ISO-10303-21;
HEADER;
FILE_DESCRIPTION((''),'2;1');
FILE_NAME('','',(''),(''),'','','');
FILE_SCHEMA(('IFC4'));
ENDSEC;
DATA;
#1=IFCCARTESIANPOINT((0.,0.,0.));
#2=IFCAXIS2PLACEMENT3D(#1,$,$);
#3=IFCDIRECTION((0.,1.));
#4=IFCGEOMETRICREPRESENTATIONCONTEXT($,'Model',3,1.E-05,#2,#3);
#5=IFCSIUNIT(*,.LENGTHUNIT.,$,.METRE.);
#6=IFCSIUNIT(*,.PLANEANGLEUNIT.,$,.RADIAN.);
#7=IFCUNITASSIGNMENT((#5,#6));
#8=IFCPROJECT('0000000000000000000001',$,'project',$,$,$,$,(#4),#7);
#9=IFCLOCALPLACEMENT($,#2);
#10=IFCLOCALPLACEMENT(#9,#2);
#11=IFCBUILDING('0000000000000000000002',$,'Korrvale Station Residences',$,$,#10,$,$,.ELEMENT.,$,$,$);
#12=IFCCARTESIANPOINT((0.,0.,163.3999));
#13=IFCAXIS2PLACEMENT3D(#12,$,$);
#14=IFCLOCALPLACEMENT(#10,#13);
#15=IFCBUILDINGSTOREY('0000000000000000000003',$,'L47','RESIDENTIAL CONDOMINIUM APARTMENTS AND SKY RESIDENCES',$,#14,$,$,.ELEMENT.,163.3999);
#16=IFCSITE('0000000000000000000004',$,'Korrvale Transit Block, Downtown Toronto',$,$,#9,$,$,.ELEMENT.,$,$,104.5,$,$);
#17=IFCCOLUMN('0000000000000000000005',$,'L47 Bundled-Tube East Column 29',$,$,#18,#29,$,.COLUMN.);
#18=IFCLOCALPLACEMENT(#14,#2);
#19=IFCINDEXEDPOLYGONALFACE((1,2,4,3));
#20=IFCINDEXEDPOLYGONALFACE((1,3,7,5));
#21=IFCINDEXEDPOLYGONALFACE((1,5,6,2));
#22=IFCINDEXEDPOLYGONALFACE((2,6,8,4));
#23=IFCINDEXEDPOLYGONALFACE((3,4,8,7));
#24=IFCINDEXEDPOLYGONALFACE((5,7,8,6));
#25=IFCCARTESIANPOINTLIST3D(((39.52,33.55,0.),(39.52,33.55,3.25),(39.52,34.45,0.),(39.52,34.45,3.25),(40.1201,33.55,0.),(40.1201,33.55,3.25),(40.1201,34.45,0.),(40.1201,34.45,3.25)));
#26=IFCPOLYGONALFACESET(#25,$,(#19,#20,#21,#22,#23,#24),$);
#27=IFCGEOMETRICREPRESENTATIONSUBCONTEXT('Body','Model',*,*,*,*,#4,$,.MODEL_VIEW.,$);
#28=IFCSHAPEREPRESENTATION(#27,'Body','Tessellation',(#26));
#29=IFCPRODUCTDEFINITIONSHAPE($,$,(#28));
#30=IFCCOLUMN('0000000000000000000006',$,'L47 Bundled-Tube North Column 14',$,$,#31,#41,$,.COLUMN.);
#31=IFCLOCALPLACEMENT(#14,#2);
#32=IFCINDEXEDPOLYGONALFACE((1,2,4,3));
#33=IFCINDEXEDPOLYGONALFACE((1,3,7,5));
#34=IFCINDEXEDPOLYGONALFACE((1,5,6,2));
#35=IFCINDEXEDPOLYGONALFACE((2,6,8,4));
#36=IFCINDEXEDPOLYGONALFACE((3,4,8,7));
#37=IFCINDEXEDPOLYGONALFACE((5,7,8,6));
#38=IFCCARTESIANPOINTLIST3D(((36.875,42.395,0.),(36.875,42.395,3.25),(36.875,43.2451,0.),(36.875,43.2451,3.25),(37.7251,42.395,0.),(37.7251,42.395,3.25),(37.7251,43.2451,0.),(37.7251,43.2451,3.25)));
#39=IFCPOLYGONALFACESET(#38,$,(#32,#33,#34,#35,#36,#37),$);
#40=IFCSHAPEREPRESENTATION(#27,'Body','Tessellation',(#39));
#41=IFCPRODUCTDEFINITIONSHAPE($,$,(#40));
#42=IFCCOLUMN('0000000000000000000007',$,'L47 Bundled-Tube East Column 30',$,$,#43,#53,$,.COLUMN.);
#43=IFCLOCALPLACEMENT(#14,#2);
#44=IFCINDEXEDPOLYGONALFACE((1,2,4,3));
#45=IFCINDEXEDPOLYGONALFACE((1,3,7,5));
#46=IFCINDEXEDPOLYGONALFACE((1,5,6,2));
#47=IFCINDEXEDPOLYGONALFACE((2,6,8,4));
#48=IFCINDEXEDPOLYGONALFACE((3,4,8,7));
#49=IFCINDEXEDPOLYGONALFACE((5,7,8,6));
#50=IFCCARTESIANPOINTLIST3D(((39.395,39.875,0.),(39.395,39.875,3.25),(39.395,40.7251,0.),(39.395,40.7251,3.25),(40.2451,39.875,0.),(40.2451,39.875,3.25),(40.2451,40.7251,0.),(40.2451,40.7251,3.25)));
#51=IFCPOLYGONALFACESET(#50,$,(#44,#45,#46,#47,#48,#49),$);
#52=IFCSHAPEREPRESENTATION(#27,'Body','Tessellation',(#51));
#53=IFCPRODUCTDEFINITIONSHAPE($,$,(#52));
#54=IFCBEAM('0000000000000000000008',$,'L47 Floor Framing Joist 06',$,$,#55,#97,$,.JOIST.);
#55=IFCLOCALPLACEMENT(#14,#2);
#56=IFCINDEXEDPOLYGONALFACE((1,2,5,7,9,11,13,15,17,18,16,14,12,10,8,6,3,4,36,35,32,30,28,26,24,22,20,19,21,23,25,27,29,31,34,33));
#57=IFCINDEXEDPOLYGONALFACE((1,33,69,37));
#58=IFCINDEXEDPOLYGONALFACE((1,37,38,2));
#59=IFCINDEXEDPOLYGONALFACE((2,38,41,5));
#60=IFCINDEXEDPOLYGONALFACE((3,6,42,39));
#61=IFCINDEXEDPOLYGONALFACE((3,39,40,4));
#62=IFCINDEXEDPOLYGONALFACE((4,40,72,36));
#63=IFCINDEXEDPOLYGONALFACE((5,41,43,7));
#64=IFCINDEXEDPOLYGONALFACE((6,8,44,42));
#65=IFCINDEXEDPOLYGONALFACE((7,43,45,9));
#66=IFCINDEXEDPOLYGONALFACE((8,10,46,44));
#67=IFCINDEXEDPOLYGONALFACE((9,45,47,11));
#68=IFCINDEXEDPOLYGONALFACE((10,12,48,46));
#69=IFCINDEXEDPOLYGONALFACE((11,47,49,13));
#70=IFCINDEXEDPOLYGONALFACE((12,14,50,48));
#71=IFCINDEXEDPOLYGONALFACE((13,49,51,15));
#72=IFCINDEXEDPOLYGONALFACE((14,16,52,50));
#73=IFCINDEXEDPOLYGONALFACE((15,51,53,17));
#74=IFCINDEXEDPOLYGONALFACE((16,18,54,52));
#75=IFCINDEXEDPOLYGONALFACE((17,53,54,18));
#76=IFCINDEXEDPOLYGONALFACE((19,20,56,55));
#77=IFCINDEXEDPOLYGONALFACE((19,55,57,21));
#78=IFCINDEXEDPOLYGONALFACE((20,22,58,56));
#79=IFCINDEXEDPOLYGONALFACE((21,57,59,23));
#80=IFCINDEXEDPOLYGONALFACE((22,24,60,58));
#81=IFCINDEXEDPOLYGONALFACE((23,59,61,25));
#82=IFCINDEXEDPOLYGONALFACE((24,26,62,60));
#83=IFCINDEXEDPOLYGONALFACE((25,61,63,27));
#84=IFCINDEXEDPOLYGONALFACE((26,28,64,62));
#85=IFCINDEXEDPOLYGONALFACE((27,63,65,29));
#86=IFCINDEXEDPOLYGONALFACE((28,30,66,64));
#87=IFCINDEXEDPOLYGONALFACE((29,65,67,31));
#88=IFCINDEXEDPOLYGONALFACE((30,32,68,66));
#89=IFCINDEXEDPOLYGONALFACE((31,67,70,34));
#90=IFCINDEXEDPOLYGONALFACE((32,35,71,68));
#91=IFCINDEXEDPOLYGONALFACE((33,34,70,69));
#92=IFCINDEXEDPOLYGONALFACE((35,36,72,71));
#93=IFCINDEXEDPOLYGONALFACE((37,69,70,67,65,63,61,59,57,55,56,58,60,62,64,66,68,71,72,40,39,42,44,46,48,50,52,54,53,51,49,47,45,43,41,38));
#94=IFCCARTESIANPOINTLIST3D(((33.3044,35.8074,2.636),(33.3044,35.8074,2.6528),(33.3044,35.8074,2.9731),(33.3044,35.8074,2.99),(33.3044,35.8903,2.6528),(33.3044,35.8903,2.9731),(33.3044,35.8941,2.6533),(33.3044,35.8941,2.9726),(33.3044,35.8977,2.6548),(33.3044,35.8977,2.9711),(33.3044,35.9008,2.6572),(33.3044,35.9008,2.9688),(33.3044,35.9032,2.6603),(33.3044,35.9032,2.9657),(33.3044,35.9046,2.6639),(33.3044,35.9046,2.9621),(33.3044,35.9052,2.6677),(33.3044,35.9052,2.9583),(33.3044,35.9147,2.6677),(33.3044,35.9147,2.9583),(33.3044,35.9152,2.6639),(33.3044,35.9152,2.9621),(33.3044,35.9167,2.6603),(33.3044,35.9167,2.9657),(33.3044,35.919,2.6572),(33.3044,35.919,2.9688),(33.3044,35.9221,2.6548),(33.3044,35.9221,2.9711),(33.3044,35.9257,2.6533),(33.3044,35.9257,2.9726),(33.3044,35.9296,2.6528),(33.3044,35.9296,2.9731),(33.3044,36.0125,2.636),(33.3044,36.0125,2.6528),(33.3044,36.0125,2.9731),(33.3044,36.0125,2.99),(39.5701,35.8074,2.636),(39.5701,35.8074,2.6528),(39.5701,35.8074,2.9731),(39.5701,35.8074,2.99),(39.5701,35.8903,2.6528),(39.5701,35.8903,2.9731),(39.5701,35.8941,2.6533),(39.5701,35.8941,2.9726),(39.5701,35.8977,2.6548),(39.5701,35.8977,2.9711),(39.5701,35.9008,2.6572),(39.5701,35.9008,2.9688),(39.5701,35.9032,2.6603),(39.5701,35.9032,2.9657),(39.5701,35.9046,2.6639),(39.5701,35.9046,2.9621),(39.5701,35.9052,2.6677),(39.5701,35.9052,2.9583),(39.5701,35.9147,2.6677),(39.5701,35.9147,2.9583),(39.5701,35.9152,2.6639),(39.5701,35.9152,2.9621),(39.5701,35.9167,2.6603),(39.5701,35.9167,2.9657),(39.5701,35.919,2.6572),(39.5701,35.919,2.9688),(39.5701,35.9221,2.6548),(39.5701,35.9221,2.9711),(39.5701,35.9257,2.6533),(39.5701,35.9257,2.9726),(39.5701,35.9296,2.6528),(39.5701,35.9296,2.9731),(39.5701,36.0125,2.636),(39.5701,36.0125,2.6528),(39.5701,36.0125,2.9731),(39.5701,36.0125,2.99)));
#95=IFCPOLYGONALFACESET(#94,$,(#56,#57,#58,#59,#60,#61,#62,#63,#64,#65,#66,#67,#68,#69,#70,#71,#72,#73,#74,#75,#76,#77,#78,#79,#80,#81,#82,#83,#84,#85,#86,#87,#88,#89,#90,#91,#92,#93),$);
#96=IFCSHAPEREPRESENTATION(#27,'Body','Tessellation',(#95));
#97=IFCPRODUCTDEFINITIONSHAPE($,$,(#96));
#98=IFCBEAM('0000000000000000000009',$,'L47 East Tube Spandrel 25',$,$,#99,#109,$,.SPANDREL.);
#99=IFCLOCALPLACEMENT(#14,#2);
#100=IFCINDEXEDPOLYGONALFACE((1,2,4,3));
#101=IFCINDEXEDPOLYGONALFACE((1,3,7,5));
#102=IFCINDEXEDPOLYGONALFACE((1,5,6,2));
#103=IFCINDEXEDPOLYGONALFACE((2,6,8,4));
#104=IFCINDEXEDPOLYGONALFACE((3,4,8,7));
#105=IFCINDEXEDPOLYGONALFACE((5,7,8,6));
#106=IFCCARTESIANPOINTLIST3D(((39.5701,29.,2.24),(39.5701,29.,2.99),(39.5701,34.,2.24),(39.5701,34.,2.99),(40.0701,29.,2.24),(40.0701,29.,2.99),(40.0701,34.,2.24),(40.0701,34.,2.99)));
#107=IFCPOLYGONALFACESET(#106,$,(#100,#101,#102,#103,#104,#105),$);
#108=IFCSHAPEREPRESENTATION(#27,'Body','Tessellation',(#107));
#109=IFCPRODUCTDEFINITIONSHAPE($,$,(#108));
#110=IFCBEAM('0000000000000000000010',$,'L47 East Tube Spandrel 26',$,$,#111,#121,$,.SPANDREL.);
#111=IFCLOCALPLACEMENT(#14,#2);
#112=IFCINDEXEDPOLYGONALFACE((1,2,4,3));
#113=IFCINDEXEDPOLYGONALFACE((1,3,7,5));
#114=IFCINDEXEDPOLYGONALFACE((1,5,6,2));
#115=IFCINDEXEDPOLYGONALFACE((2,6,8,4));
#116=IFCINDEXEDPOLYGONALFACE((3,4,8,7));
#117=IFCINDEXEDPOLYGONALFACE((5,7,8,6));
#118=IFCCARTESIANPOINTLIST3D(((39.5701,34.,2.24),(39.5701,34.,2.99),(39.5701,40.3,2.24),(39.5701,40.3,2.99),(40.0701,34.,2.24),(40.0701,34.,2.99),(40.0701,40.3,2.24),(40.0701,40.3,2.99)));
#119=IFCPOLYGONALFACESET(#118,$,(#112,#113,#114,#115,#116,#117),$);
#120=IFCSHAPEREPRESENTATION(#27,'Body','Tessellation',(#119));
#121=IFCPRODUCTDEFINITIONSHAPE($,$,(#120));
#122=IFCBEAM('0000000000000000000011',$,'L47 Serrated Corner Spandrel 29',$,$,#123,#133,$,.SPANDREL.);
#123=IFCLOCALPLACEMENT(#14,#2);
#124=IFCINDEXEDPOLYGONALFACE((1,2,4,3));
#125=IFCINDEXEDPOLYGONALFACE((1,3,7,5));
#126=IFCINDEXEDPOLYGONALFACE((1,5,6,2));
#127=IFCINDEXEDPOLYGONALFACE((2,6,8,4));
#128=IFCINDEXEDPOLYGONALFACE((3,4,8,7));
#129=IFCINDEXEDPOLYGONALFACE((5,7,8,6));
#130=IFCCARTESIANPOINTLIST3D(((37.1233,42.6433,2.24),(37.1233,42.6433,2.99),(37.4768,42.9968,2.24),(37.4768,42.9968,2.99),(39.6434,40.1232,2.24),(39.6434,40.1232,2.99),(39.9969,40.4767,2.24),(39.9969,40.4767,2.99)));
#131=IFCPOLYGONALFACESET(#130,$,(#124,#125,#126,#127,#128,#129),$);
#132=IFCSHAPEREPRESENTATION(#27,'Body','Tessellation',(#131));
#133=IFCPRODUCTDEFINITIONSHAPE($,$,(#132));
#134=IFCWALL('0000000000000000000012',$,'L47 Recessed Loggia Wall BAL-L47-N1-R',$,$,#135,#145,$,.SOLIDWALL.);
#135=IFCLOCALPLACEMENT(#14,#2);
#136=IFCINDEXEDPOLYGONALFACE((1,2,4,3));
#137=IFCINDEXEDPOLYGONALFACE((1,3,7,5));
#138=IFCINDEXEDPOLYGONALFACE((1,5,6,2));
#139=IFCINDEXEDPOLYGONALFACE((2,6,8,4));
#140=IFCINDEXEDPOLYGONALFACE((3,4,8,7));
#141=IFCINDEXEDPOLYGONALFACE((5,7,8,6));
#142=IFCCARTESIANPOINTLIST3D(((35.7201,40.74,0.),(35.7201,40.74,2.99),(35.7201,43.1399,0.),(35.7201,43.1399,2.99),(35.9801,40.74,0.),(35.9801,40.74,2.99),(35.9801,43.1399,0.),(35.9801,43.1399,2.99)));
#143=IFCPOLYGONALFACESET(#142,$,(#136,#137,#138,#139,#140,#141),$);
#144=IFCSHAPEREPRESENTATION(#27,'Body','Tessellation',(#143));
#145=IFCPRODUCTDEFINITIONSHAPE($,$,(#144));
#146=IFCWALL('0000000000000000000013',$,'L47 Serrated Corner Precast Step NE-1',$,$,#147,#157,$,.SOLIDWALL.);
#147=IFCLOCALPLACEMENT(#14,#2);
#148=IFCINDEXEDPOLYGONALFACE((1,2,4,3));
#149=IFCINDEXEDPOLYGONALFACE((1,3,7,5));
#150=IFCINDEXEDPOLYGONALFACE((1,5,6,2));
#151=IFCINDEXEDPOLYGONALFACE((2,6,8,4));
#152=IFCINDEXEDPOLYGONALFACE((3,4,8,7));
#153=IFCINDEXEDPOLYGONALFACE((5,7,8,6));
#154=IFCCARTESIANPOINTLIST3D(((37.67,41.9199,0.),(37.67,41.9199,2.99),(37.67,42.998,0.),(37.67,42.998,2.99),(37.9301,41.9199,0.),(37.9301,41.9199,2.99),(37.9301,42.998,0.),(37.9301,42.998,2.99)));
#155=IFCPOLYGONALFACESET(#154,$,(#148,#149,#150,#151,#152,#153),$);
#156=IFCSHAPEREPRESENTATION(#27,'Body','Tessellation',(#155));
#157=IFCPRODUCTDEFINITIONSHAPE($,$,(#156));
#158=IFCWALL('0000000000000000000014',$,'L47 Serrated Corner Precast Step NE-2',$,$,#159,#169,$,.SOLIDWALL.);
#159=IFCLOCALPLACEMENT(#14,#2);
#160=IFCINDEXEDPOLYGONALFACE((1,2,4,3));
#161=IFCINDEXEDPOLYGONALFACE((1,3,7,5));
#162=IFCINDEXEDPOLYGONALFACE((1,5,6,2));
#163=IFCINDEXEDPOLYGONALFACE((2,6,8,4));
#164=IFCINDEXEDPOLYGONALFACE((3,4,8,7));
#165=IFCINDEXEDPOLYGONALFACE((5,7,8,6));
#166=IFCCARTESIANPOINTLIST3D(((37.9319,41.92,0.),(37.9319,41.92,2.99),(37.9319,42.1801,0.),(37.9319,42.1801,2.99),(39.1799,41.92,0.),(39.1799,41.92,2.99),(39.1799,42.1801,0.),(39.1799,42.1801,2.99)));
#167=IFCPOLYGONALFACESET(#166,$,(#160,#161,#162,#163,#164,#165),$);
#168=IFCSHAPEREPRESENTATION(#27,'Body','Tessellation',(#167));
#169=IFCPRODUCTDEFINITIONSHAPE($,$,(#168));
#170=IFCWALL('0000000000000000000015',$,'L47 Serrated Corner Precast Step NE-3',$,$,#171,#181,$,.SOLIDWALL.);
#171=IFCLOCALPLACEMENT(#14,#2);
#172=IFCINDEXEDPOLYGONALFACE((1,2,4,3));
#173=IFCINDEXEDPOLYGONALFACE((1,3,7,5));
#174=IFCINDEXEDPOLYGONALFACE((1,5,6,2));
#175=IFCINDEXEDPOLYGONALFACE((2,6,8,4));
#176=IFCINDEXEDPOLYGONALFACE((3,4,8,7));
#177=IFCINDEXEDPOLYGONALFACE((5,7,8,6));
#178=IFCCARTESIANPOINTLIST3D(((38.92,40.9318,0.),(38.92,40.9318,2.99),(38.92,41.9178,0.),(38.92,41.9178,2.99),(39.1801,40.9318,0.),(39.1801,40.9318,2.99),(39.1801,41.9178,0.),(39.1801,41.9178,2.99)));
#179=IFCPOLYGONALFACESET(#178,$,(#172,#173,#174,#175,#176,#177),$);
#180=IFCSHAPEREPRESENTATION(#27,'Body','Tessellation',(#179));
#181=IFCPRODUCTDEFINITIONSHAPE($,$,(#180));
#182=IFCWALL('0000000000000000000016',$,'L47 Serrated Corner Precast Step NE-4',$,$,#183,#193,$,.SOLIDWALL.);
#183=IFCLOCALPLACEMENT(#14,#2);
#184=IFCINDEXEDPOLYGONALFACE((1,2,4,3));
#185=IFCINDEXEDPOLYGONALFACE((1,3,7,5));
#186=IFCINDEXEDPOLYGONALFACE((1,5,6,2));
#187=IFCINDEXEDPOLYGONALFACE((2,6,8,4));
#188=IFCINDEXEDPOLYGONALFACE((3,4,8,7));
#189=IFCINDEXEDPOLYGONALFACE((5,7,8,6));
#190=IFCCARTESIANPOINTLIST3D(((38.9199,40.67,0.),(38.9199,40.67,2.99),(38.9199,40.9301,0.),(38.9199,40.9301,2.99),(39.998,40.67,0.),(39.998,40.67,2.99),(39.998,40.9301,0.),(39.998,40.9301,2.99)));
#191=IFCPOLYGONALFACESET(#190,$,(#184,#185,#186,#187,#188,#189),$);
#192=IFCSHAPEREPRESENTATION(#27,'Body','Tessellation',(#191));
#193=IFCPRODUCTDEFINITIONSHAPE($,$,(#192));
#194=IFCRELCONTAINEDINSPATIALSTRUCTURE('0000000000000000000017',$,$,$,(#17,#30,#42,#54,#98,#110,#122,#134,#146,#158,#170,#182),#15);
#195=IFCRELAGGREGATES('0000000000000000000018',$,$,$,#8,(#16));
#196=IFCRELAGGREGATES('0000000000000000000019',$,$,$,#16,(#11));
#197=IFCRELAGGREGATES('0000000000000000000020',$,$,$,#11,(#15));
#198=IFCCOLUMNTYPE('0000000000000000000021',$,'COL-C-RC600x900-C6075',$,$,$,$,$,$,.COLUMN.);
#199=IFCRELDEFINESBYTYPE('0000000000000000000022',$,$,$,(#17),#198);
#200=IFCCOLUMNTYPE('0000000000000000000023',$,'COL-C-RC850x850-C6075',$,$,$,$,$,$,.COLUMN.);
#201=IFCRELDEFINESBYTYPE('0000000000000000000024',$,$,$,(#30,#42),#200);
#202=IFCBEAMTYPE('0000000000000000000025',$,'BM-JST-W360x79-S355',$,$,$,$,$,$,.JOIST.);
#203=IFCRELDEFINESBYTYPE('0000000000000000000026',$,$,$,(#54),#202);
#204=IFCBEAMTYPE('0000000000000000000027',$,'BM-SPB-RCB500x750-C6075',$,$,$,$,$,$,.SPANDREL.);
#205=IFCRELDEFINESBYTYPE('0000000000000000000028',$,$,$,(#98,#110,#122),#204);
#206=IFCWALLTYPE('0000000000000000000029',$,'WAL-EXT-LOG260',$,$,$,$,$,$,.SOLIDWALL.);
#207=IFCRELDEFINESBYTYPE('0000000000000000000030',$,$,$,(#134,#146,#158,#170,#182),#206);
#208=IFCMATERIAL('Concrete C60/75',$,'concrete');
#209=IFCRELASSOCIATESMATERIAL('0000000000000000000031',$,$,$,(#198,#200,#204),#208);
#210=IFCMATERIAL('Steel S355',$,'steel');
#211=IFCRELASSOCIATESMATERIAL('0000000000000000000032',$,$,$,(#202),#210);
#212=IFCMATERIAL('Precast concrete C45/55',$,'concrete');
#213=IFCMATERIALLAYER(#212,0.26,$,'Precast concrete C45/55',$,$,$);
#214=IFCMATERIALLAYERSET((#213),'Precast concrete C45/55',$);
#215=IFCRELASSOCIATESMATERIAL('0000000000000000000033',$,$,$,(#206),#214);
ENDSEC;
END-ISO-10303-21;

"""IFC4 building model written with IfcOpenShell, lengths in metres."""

from ifc_helpers import new_model, si_unit, direction, frame, frame_2d, origin, origin_2d, place, context, subcontext, project, spatial, rectangle, i_section, extrude, material, layer, layer_set, material_profile, profile_set, type_object, element, save


model = new_model("IFC4")

# Units and contexts
model_context = context("Model", 3, precision=1e-05, world=origin(), true_north=direction((0.0, 1.0)))
body_context = subcontext(model_context, "Body", "Model", "MODEL_VIEW")
ifc_project = project(units=[si_unit("LENGTHUNIT", "METRE"), si_unit("PLANEANGLEUNIT", "RADIAN")], contexts=[model_context])

# Site, building, storey
site_placement = place(None, origin())
site = spatial("IfcSite", under=ifc_project, at=site_placement, Name="Korrvale Transit Block, Downtown Toronto", CompositionType="ELEMENT", RefElevation=104.5)
building_placement = place(site_placement, origin())
building = spatial("IfcBuilding", under=site, at=building_placement, Name="Korrvale Station Residences", CompositionType="ELEMENT")
storey_placement = place(building_placement, frame((0.0, 0.0, 163.3999)))
storey = spatial("IfcBuildingStorey", under=building, at=storey_placement, Name="L47", Description="RESIDENTIAL CONDOMINIUM APARTMENTS AND SKY RESIDENCES", CompositionType="ELEMENT", Elevation=163.3999)

# Columns
ifc_material_1 = material(Name="Concrete C60/75", Category="concrete")
ifc_material_profile_1 = material_profile(ifc_material_1, rectangle(XDim=0.6001, YDim=0.8999, at=origin_2d()), Name="RC600x900")
ifc_profile_set_1 = profile_set([ifc_material_profile_1], Name="Concrete C60/75")
column_type_1 = type_object("IfcColumnType", Name="COL-C-RC600x900-C6075", PredefinedType="COLUMN", material=ifc_profile_set_1)
column_placement = place(storey_placement, frame((39.8201, 34.0, 0.0), z_axis=(0.0, 0.0, 1.0), x_axis=(1.0, 0.0, 0.0)))
element("IfcColumn", 1, at=column_placement, inside=storey, type_object=column_type_1, Name="L47 Bundled-Tube East Column 29", PredefinedType="COLUMN", context=body_context, shape_type="SweptSolid", body=[
    extrude(rectangle(XDim=0.6001, YDim=0.8999, at=origin_2d()), origin(), (0.0, 0.0, 1.0), 3.25),
])
ifc_material_profile_2 = material_profile(ifc_material_1, rectangle(XDim=0.8501, YDim=0.8501, at=origin_2d()), Name="RC850x850")
ifc_profile_set_2 = profile_set([ifc_material_profile_2], Name="Concrete C60/75")
column_type_2 = type_object("IfcColumnType", Name="COL-C-RC850x850-C6075", PredefinedType="COLUMN", material=ifc_profile_set_2)
for number, where, z_axis, x_axis, name in (
    (2, (37.3, 42.8201, 0.0), (0.0, 0.0, 1.0), (1.0, 0.0, 0.0), "L47 Bundled-Tube North Column 14"),
    (3, (39.8201, 40.3, 0.0), (0.0, 0.0, 1.0), (1.0, 0.0, 0.0), "L47 Bundled-Tube East Column 30"),
):
    element("IfcColumn", number, at=place(storey_placement, frame(where, z_axis=z_axis, x_axis=x_axis)), inside=storey, type_object=column_type_2, Name=name, PredefinedType="COLUMN", context=body_context, shape_type="SweptSolid", body=[
        extrude(rectangle(XDim=0.8501, YDim=0.8501, at=origin_2d()), origin(), (0.0, 0.0, 1.0), 3.25),
    ])

# Beams
ifc_material_2 = material(Name="Steel S355", Category="steel")
ifc_material_profile_3 = material_profile(ifc_material_2, i_section(OverallWidth=0.2051, OverallDepth=0.354, WebThickness=0.0095, FlangeThickness=0.0168, FilletRadius=0.0149, at=origin_2d()), Name="W360x79")
ifc_profile_set_3 = profile_set([ifc_material_profile_3], Name="Steel S355")
beam_type_1 = type_object("IfcBeamType", Name="BM-JST-W360x79-S355", PredefinedType="JOIST", material=ifc_profile_set_3)
beam_1_placement = place(storey_placement, frame((33.3044, 35.9099, 2.813), z_axis=(1.0, 0.0, 0.0), x_axis=(0.0, 1.0, 0.0)))
element("IfcBeam", 4, at=beam_1_placement, inside=storey, type_object=beam_type_1, Name="L47 Floor Framing Joist 06", PredefinedType="JOIST", context=body_context, shape_type="SweptSolid", body=[
    extrude(i_section(OverallWidth=0.2051, OverallDepth=0.354, WebThickness=0.0095, FlangeThickness=0.0168, FilletRadius=0.0149, at=origin_2d()), origin(), (0.0, 0.0, 1.0), 6.2656),
])
ifc_material_profile_4 = material_profile(ifc_material_1, rectangle(XDim=0.5, YDim=0.75, at=origin_2d()), Name="RCB500x750")
ifc_profile_set_4 = profile_set([ifc_material_profile_4], Name="Concrete C60/75")
beam_type_2 = type_object("IfcBeamType", Name="BM-SPB-RCB500x750-C6075", PredefinedType="SPANDREL", material=ifc_profile_set_4)
beam_2_placement = place(storey_placement, frame((39.8201, 29.0, 2.615), z_axis=(0.0, 1.0, 0.0), x_axis=(-1.0, 0.0, 0.0)))
element("IfcBeam", 5, at=beam_2_placement, inside=storey, type_object=beam_type_2, Name="L47 East Tube Spandrel 25", PredefinedType="SPANDREL", context=body_context, shape_type="SweptSolid", body=[
    extrude(rectangle(XDim=0.5, YDim=0.75, at=origin_2d()), origin(), (0.0, 0.0, 1.0), 5.0),
])
beam_3_placement = place(storey_placement, frame((39.8201, 34.0, 2.615), z_axis=(0.0, 1.0, 0.0), x_axis=(-1.0, 0.0, 0.0)))
element("IfcBeam", 6, at=beam_3_placement, inside=storey, type_object=beam_type_2, Name="L47 East Tube Spandrel 26", PredefinedType="SPANDREL", context=body_context, shape_type="SweptSolid", body=[
    extrude(rectangle(XDim=0.5, YDim=0.75, at=origin_2d()), origin(), (0.0, 0.0, 1.0), 6.3),
])
beam_4_placement = place(storey_placement, frame((37.3, 42.8201, 2.615), z_axis=(0.707107, -0.707107, 0.0), x_axis=(0.707107, 0.707107, 0.0)))
element("IfcBeam", 7, at=beam_4_placement, inside=storey, type_object=beam_type_2, Name="L47 Serrated Corner Spandrel 29", PredefinedType="SPANDREL", context=body_context, shape_type="SweptSolid", body=[
    extrude(rectangle(XDim=0.5, YDim=0.75, at=origin_2d()), origin(), (0.0, 0.0, 1.0), 3.564),
])

# Walls
ifc_material_3 = material(Name="Precast concrete C45/55", Category="concrete")
ifc_layer_1 = layer(ifc_material_3, 0.26, Name="Precast concrete C45/55")
ifc_layer_set_1 = layer_set([ifc_layer_1], Name="Precast concrete C45/55")
wall_type_1 = type_object("IfcWallType", Name="WAL-EXT-LOG260", PredefinedType="SOLIDWALL", material=ifc_layer_set_1)
wall_1_placement = place(storey_placement, frame((35.8501, 40.74, 0.0), z_axis=(0.0, 0.0, 1.0), x_axis=(0.0, 1.0, 0.0)))
element("IfcWall", 8, at=wall_1_placement, inside=storey, type_object=wall_type_1, Name="L47 Recessed Loggia Wall BAL-L47-N1-R", PredefinedType="SOLIDWALL", context=body_context, shape_type="SweptSolid", body=[
    extrude(rectangle(XDim=2.3999, YDim=0.26, at=frame_2d((1.2, 0.0))), origin(), (0.0, 0.0, 1.0), 2.99),
])
wall_2_placement = place(storey_placement, frame((37.8, 42.998, 0.0), z_axis=(0.0, 0.0, 1.0), x_axis=(0.0, -1.0, 0.0)))
element("IfcWall", 9, at=wall_2_placement, inside=storey, type_object=wall_type_1, Name="L47 Serrated Corner Precast Step NE-1", PredefinedType="SOLIDWALL", context=body_context, shape_type="SweptSolid", body=[
    extrude(rectangle(XDim=1.0781, YDim=0.26, at=frame_2d((0.5391, 0.0))), origin(), (0.0, 0.0, 1.0), 2.99),
])
wall_3_placement = place(storey_placement, frame((37.9319, 42.05, 0.0), z_axis=(0.0, 0.0, 1.0), x_axis=(1.0, 0.0, 0.0)))
element("IfcWall", 10, at=wall_3_placement, inside=storey, type_object=wall_type_1, Name="L47 Serrated Corner Precast Step NE-2", PredefinedType="SOLIDWALL", context=body_context, shape_type="SweptSolid", body=[
    extrude(rectangle(XDim=1.248, YDim=0.26, at=frame_2d((0.624, 0.0))), origin(), (0.0, 0.0, 1.0), 2.99),
])
wall_4_placement = place(storey_placement, frame((39.05, 41.918, 0.0), z_axis=(0.0, 0.0, 1.0), x_axis=(0.0, -1.0, 0.0)))
element("IfcWall", 11, at=wall_4_placement, inside=storey, type_object=wall_type_1, Name="L47 Serrated Corner Precast Step NE-3", PredefinedType="SOLIDWALL", context=body_context, shape_type="SweptSolid", body=[
    extrude(rectangle(XDim=0.9861, YDim=0.26, at=frame_2d((0.4932, 0.0))), origin(), (0.0, 0.0, 1.0), 2.99),
])
wall_5_placement = place(storey_placement, frame((38.9199, 40.8, 0.0), z_axis=(0.0, 0.0, 1.0), x_axis=(1.0, 0.0, 0.0)))
element("IfcWall", 12, at=wall_5_placement, inside=storey, type_object=wall_type_1, Name="L47 Serrated Corner Precast Step NE-4", PredefinedType="SOLIDWALL", context=body_context, shape_type="SweptSolid", body=[
    extrude(rectangle(XDim=1.0781, YDim=0.26, at=frame_2d((0.5391, 0.0))), origin(), (0.0, 0.0, 1.0), 2.99),
])

save(model, "model.ifc")
